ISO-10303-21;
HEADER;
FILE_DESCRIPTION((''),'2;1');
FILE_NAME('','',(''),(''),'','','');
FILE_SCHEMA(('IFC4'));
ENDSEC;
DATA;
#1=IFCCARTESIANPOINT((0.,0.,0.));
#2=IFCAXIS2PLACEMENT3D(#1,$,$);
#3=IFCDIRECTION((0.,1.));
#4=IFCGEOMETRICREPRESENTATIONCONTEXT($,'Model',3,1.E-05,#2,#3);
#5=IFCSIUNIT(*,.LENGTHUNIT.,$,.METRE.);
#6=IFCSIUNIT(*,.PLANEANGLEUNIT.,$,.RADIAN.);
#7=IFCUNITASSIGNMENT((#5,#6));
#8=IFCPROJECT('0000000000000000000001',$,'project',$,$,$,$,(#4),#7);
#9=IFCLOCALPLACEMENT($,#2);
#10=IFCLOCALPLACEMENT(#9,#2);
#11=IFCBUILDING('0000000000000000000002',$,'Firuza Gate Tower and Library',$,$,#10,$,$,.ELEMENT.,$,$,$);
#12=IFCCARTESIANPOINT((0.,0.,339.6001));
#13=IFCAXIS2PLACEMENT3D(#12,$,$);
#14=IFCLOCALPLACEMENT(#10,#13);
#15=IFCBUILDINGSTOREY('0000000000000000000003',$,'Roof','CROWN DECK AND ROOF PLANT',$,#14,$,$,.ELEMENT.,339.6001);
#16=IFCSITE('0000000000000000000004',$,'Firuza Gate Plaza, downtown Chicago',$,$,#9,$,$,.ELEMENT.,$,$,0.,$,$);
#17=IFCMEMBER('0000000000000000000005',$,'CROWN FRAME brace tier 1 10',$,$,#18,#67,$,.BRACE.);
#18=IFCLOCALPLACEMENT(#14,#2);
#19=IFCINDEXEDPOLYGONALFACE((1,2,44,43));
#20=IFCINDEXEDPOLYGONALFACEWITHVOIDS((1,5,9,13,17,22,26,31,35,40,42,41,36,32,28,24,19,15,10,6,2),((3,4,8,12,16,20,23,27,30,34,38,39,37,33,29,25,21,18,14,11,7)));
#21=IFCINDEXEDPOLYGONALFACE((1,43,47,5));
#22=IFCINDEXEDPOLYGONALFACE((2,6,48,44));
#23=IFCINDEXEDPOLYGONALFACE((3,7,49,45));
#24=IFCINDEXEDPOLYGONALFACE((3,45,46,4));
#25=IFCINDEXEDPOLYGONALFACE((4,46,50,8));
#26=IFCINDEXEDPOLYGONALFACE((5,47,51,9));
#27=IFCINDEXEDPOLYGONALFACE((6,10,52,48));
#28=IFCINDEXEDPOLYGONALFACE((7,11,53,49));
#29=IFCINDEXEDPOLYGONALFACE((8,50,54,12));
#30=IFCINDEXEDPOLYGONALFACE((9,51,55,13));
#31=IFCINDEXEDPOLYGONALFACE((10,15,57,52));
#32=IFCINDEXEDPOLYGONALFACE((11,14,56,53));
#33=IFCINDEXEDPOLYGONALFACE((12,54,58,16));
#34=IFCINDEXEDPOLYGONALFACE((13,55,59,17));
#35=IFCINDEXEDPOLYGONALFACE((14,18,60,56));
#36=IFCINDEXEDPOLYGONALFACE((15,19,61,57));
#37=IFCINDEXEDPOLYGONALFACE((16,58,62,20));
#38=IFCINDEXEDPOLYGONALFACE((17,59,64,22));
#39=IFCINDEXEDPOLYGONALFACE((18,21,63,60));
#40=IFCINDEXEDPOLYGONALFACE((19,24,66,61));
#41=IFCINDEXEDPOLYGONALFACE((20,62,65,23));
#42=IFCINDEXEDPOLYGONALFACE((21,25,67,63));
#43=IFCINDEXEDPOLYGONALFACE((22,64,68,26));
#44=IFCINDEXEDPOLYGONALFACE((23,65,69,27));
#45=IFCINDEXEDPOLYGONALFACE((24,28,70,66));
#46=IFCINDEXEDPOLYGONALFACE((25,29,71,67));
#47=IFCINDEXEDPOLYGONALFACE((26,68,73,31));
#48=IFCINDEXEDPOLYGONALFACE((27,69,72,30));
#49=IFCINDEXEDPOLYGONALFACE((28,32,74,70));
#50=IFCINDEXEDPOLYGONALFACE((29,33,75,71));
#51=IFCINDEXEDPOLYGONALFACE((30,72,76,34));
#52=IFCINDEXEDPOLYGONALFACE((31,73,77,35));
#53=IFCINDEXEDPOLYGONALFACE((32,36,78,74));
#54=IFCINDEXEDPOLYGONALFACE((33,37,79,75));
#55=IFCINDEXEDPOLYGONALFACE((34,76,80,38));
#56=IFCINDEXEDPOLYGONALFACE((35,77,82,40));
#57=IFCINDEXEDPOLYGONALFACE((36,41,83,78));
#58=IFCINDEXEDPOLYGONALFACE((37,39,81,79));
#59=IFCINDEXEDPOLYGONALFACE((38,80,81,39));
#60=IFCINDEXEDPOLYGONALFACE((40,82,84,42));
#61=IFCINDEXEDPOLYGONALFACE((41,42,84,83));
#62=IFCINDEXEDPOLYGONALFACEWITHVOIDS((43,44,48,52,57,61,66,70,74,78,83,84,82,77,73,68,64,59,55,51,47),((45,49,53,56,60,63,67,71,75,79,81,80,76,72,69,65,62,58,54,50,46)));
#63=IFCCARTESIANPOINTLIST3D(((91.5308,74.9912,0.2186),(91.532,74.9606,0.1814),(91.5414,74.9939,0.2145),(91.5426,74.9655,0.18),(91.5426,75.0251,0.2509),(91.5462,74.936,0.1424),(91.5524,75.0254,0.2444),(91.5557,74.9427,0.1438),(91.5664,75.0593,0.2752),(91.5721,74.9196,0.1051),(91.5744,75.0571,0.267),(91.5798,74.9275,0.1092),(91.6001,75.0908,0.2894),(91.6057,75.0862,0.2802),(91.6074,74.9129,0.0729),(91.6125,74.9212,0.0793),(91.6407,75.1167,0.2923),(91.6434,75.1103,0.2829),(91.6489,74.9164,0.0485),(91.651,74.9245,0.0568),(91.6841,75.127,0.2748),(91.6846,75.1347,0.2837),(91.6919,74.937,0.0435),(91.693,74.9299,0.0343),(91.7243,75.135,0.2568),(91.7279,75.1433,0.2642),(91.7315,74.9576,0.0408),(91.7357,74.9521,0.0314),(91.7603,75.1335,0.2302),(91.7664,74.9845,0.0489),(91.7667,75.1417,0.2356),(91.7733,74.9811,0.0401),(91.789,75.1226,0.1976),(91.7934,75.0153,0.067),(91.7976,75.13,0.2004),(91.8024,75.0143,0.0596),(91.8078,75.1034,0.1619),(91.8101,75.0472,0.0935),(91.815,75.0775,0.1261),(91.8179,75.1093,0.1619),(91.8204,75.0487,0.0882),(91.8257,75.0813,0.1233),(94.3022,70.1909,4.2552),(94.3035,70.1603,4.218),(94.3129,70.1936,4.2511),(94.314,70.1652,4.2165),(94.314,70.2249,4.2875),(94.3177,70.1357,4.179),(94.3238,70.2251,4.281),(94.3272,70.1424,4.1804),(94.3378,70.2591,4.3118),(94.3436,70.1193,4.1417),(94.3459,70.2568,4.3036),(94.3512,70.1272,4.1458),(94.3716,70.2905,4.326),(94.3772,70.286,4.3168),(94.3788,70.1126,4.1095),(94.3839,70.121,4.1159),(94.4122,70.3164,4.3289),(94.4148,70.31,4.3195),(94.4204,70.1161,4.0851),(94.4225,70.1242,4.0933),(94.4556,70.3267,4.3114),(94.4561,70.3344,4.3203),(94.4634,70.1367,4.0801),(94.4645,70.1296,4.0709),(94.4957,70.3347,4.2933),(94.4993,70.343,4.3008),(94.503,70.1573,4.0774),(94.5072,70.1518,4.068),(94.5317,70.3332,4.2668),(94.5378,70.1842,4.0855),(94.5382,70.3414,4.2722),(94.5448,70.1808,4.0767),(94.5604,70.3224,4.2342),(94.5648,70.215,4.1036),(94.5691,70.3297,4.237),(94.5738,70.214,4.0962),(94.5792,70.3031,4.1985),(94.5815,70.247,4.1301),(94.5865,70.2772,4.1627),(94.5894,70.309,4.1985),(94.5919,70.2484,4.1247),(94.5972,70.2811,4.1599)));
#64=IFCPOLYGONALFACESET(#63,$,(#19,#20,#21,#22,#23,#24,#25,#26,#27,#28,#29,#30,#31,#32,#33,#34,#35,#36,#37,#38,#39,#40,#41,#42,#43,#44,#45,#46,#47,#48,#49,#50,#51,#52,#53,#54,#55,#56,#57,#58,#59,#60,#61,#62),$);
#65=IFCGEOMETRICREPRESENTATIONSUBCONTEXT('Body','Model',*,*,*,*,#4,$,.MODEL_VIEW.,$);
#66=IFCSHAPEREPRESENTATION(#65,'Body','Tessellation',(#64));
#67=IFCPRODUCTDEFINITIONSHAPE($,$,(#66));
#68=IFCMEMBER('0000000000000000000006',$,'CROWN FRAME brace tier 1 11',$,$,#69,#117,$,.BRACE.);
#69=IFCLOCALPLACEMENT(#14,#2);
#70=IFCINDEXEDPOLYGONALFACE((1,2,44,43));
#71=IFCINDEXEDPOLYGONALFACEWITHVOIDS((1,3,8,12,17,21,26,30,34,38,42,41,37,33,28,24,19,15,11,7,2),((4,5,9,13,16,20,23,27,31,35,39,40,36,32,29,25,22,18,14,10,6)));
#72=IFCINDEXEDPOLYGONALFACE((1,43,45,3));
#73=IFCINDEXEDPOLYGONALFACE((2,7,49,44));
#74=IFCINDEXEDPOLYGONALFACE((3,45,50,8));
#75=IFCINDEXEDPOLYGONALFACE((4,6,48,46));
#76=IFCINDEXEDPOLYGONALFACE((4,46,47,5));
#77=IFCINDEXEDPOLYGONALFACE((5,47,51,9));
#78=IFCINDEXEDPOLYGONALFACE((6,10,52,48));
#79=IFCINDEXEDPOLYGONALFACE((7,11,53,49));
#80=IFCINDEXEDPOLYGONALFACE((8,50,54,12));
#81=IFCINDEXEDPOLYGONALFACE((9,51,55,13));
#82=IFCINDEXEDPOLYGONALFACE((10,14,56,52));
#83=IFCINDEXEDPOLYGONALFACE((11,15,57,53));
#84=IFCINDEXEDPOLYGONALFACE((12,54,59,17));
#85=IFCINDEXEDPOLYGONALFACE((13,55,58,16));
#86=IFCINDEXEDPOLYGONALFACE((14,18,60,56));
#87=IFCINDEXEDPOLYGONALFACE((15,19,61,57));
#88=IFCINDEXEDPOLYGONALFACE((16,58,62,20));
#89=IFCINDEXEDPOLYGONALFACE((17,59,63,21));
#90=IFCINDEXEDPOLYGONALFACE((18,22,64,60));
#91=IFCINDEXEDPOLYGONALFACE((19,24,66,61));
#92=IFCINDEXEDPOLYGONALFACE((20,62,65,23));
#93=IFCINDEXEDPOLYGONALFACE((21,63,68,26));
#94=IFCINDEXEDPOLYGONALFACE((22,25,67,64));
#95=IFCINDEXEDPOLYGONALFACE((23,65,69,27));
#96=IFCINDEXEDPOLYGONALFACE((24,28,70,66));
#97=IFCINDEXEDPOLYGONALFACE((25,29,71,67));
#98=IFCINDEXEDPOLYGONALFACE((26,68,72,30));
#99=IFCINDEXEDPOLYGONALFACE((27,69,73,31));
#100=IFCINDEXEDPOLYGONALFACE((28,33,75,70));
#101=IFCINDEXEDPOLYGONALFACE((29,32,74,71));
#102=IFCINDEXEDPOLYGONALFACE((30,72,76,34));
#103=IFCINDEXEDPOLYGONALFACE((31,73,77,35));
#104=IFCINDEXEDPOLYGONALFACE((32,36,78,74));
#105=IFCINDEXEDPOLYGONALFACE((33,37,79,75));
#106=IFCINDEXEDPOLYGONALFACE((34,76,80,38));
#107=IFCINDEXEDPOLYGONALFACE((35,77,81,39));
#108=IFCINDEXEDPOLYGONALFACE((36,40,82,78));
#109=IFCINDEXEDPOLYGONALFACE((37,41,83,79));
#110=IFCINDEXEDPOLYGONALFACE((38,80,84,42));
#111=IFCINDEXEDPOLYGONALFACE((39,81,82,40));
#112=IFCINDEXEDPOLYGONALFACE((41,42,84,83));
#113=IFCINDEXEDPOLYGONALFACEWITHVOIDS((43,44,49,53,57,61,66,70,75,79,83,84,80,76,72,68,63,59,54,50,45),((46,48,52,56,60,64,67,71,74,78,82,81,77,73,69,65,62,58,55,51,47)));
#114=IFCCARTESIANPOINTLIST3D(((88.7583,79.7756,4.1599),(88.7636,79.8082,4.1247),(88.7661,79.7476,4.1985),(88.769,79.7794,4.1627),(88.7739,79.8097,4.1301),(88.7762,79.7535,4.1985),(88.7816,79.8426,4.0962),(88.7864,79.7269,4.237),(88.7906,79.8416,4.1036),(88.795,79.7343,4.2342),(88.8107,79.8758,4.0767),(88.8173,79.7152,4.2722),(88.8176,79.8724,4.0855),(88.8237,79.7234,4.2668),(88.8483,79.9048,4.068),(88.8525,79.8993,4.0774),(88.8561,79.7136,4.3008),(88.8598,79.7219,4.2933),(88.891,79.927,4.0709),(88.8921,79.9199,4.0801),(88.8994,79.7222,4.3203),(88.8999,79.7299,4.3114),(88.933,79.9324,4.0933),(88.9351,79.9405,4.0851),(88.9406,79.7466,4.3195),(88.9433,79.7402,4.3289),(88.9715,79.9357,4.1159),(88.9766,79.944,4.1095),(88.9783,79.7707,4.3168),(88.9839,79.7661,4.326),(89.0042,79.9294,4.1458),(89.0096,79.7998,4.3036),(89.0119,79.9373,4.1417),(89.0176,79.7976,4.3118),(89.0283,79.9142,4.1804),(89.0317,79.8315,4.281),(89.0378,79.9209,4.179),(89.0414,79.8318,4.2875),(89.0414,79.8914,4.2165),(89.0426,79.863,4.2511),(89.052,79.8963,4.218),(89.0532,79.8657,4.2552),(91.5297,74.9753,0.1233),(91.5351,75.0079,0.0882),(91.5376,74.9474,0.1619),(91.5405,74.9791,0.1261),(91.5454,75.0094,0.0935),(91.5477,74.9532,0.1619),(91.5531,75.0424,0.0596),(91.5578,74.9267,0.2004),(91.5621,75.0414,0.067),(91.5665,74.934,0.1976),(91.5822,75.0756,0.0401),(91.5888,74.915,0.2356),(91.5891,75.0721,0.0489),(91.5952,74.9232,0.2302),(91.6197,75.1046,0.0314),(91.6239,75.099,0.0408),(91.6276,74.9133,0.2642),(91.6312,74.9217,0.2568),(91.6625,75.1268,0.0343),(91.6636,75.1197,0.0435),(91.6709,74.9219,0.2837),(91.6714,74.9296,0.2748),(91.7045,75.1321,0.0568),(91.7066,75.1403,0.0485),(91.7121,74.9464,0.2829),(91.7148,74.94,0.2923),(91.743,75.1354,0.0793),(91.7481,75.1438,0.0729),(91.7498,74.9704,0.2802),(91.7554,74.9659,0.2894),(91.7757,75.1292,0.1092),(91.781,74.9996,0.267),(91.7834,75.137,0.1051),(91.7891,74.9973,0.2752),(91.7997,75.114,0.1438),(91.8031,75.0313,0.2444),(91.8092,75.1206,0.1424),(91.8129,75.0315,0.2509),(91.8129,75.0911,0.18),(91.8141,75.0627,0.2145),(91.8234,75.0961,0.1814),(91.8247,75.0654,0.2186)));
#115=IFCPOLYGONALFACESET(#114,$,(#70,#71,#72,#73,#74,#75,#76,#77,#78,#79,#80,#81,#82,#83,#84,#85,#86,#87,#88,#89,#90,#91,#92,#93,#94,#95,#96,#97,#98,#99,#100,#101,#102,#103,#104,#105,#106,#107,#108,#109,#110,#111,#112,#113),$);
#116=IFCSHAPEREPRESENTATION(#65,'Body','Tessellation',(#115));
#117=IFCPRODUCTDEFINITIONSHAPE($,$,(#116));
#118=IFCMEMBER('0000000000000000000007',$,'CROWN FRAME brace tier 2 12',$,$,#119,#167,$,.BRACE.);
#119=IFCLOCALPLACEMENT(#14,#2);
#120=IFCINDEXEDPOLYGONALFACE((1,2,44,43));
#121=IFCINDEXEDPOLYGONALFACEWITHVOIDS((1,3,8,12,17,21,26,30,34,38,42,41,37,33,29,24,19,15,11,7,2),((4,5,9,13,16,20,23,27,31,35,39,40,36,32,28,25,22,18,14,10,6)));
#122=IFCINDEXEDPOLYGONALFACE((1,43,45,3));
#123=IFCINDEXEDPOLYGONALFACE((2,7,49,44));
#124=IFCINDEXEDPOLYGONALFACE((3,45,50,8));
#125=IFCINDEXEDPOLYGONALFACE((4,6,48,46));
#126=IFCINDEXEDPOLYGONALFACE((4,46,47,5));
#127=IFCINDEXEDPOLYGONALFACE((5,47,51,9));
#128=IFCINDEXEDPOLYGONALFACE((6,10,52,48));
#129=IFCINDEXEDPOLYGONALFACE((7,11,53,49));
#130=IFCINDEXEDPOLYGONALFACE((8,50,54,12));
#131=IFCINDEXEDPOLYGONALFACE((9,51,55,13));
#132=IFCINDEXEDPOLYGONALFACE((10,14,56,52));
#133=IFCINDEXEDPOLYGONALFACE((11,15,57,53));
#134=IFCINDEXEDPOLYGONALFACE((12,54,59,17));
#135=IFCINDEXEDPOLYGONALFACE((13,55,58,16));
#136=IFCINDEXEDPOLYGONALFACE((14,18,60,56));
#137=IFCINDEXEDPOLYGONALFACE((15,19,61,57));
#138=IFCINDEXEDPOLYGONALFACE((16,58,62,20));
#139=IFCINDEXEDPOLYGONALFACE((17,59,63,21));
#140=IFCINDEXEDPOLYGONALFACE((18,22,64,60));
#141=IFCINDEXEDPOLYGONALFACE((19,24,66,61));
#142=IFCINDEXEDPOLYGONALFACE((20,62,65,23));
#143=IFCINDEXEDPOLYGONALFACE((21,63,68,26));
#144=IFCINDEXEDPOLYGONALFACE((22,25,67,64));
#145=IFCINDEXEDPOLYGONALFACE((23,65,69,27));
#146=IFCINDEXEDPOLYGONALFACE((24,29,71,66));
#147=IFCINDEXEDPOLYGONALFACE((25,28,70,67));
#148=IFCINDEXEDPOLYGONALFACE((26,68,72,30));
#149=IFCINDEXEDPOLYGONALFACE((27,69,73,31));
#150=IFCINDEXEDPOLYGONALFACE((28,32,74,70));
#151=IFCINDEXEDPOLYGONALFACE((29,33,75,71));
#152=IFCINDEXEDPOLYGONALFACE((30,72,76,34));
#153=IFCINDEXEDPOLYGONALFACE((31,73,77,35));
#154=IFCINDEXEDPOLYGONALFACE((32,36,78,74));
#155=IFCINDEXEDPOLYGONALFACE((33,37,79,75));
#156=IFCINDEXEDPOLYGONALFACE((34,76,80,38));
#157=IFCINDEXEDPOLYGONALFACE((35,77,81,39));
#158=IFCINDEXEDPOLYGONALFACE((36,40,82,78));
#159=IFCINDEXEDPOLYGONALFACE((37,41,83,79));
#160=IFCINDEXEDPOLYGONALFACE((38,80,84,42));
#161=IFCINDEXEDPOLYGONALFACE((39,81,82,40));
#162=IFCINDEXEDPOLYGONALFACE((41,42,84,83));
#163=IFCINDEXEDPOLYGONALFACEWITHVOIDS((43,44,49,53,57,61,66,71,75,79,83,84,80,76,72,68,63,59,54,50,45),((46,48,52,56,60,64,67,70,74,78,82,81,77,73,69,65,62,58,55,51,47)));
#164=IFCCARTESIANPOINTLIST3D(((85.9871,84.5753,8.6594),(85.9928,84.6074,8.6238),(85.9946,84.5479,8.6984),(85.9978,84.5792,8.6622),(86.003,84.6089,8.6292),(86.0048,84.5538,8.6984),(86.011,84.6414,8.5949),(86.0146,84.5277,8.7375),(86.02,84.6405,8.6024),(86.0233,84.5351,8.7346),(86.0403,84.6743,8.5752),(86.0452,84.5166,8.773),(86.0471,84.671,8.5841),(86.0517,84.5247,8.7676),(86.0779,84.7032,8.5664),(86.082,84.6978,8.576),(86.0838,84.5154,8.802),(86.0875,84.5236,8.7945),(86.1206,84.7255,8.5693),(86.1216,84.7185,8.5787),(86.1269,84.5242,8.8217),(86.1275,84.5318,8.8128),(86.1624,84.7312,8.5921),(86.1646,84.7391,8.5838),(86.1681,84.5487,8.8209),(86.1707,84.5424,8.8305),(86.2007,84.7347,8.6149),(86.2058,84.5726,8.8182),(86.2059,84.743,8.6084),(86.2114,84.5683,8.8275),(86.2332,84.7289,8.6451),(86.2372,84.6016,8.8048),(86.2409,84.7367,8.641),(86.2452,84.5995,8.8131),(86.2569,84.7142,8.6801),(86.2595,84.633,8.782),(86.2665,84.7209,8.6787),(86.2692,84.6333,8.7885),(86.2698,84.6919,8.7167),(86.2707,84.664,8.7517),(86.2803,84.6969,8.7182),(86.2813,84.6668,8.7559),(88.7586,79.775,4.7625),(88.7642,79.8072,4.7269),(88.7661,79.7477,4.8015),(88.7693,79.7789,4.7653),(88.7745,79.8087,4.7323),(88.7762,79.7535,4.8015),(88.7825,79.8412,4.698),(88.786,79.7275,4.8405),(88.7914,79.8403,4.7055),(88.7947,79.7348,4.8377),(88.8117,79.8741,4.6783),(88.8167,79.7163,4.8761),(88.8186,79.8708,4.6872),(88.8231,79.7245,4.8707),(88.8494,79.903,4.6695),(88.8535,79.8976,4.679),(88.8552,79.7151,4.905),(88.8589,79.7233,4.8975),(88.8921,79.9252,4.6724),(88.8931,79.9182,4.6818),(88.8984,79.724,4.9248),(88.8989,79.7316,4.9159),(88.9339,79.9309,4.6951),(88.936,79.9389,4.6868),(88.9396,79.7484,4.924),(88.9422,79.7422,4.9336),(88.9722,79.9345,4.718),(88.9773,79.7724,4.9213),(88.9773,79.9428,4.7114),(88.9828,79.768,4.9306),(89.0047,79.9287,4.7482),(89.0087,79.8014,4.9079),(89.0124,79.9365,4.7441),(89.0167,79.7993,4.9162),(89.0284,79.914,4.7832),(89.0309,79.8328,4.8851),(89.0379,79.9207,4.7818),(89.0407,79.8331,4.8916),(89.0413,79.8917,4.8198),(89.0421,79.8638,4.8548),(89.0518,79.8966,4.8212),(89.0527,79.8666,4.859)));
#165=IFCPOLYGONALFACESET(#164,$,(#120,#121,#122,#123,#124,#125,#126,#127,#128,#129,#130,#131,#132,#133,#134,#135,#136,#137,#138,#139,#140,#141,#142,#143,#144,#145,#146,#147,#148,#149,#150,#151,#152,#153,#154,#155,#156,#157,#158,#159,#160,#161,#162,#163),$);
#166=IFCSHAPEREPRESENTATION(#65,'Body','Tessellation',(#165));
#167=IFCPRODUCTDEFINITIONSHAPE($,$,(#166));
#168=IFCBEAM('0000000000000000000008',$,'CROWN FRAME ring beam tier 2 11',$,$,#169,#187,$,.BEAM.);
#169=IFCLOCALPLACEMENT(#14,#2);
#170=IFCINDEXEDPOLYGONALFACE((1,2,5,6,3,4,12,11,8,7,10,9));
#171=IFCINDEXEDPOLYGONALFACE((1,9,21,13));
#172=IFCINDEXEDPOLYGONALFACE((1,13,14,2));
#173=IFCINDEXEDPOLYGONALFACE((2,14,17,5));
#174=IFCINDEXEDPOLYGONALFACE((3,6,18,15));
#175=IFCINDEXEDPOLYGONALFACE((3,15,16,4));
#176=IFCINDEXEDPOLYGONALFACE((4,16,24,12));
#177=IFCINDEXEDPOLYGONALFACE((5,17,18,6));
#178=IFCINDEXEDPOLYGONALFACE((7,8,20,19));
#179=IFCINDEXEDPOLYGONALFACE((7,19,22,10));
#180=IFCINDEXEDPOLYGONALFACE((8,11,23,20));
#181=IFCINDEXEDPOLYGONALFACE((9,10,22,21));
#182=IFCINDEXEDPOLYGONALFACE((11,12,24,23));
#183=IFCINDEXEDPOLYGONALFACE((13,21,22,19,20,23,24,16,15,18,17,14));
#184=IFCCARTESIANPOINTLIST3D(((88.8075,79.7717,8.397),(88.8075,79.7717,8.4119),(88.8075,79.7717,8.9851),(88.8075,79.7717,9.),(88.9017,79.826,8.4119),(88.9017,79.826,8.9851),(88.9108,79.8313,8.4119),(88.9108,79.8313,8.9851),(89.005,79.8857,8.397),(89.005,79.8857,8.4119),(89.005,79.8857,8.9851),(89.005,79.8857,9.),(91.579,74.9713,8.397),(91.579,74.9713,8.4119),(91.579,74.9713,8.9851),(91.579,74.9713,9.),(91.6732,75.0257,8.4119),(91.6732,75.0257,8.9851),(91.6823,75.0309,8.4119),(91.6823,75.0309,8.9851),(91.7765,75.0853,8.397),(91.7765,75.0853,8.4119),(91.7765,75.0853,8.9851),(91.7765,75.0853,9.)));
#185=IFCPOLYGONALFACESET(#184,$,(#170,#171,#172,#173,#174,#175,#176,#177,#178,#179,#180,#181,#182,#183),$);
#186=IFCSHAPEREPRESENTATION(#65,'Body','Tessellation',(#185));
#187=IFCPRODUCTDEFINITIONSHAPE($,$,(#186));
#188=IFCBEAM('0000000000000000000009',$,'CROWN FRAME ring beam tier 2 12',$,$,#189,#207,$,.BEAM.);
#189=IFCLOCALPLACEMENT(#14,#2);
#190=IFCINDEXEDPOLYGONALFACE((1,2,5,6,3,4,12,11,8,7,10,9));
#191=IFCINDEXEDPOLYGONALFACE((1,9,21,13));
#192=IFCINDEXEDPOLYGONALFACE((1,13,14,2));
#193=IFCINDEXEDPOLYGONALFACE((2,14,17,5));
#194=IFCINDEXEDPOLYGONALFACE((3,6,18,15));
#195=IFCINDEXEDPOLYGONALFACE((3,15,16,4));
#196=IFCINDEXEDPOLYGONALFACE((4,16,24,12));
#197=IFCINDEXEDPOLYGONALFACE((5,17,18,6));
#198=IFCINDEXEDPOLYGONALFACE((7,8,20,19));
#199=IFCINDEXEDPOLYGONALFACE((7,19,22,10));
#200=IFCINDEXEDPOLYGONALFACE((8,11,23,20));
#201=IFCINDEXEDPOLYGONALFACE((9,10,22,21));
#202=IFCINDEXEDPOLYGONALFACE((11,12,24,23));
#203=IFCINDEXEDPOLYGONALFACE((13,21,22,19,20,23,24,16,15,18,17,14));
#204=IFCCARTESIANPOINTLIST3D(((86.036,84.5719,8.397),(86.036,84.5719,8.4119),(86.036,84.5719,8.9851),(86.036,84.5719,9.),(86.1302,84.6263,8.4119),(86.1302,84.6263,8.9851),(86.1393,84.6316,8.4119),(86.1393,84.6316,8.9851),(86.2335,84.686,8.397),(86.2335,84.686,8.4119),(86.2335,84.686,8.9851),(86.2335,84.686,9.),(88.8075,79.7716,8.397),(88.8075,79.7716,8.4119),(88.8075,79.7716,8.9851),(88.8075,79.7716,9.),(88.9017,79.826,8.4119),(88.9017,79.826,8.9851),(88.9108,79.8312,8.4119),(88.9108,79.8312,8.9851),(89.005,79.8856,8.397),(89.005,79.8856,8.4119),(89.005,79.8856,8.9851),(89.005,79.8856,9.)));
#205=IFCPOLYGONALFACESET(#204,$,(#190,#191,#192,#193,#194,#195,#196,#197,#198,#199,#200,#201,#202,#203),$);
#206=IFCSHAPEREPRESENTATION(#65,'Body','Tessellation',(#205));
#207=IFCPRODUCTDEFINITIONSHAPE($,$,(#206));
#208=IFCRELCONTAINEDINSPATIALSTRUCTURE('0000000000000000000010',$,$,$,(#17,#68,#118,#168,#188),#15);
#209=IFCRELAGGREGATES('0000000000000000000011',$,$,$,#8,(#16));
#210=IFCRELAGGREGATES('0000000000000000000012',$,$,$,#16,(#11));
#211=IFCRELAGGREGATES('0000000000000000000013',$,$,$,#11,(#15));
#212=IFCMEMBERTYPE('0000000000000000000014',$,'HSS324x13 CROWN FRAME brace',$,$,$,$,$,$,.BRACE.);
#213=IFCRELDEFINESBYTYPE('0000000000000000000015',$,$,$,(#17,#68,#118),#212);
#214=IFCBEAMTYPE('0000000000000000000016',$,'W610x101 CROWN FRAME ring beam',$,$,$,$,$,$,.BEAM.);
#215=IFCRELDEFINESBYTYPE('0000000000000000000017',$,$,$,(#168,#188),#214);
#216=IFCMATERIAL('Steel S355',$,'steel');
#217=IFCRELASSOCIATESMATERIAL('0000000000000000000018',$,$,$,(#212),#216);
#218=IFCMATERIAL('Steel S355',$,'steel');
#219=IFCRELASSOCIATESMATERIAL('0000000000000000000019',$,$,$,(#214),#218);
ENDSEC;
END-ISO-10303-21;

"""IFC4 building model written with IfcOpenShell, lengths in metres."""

from ifc_helpers import new_model, si_unit, direction, frame, origin, origin_2d, place, context, subcontext, project, spatial, hollow_circle, i_section, extrude, material, material_profile, profile_set, type_object, element, save


model = new_model("IFC4")

# Units and contexts
model_context = context("Model", 3, precision=1e-05, world=origin(), true_north=direction((0.0, 1.0)))
body_context = subcontext(model_context, "Body", "Model", "MODEL_VIEW")
ifc_project = project(units=[si_unit("LENGTHUNIT", "METRE"), si_unit("PLANEANGLEUNIT", "RADIAN")], contexts=[model_context])

# Site, building, storey
site_placement = place(None, origin())
site = spatial("IfcSite", under=ifc_project, at=site_placement, Name="Firuza Gate Plaza, downtown Chicago", CompositionType="ELEMENT", RefElevation=0.0)
building_placement = place(site_placement, origin())
building = spatial("IfcBuilding", under=site, at=building_placement, Name="Firuza Gate Tower and Library", CompositionType="ELEMENT")
storey_placement = place(building_placement, frame((0.0, 0.0, 339.6001)))
storey = spatial("IfcBuildingStorey", under=building, at=storey_placement, Name="Roof", Description="CROWN DECK AND ROOF PLANT", CompositionType="ELEMENT", Elevation=339.6001)

# Members
ifc_material_1 = material(Name="Steel S355", Category="steel")
ifc_material_profile_1 = material_profile(ifc_material_1, hollow_circle(Radius=0.1619, WallThickness=0.0117, at=origin_2d()))
ifc_profile_set_1 = profile_set([ifc_material_profile_1], Name="Steel S355")
member_type_1 = type_object("IfcMemberType", Name="HSS324x13 CROWN FRAME brace", PredefinedType="BRACE", material=ifc_profile_set_1)
for number, where, z_axis, x_axis, name in (
    (1, (91.6777, 75.0283, 0.1619), (0.404184, -0.700059, 0.588687), (0.866023, 0.500005, 0.0), "CROWN FRAME brace tier 1 10"),
    (2, (91.6777, 75.0283, 0.1619), (-0.404184, 0.700059, 0.588687), (-0.866023, -0.500005, 0.0), "CROWN FRAME brace tier 1 11"),
):
    element("IfcMember", number, at=place(storey_placement, frame(where, z_axis=z_axis, x_axis=x_axis)), inside=storey, type_object=member_type_1, Name=name, PredefinedType="BRACE", context=body_context, shape_type="SweptSolid", body=[
        extrude(hollow_circle(Radius=0.1619, WallThickness=0.0117, at=origin_2d()), origin(), (0.0, 0.0, 1.0), 6.8569),
    ])
member_1_placement = place(storey_placement, frame((88.9062, 79.8286, 4.8015), z_axis=(-0.409032, 0.708455, 0.575138), x_axis=(-0.866023, -0.500005, 0.0)))
element("IfcMember", 3, at=member_1_placement, inside=storey, type_object=member_type_1, Name="CROWN FRAME brace tier 2 12", PredefinedType="BRACE", context=body_context, shape_type="SweptSolid", body=[
    extrude(hollow_circle(Radius=0.1619, WallThickness=0.0117, at=origin_2d()), origin(), (0.0, 0.0, 1.0), 6.7756),
])

# Beams
ifc_material_2 = material(Name="Steel S355", Category="steel")
ifc_material_profile_2 = material_profile(ifc_material_2, i_section(OverallWidth=0.228, OverallDepth=0.603, WebThickness=0.0105, FlangeThickness=0.0149, at=origin_2d()))
ifc_profile_set_2 = profile_set([ifc_material_profile_2], Name="Steel S355")
beam_type = type_object("IfcBeamType", Name="W610x101 CROWN FRAME ring beam", PredefinedType="BEAM", material=ifc_profile_set_2)
for number, where, z_axis, x_axis, name in (
    (4, (91.6777, 75.0283, 8.6985), (-0.500005, 0.866023, 0.0), (-0.866023, -0.500005, 0.0), "CROWN FRAME ring beam tier 2 11"),
    (5, (88.9062, 79.8286, 8.6985), (-0.500005, 0.866023, 0.0), (-0.866023, -0.500005, 0.0), "CROWN FRAME ring beam tier 2 12"),
):
    element("IfcBeam", number, at=place(storey_placement, frame(where, z_axis=z_axis, x_axis=x_axis)), inside=storey, type_object=beam_type, Name=name, PredefinedType="BEAM", context=body_context, shape_type="SweptSolid", body=[
        extrude(i_section(OverallWidth=0.228, OverallDepth=0.603, WebThickness=0.0105, FlangeThickness=0.0149, at=origin_2d()), origin(), (0.0, 0.0, 1.0), 5.543),
    ])

save(model, "model.ifc")
